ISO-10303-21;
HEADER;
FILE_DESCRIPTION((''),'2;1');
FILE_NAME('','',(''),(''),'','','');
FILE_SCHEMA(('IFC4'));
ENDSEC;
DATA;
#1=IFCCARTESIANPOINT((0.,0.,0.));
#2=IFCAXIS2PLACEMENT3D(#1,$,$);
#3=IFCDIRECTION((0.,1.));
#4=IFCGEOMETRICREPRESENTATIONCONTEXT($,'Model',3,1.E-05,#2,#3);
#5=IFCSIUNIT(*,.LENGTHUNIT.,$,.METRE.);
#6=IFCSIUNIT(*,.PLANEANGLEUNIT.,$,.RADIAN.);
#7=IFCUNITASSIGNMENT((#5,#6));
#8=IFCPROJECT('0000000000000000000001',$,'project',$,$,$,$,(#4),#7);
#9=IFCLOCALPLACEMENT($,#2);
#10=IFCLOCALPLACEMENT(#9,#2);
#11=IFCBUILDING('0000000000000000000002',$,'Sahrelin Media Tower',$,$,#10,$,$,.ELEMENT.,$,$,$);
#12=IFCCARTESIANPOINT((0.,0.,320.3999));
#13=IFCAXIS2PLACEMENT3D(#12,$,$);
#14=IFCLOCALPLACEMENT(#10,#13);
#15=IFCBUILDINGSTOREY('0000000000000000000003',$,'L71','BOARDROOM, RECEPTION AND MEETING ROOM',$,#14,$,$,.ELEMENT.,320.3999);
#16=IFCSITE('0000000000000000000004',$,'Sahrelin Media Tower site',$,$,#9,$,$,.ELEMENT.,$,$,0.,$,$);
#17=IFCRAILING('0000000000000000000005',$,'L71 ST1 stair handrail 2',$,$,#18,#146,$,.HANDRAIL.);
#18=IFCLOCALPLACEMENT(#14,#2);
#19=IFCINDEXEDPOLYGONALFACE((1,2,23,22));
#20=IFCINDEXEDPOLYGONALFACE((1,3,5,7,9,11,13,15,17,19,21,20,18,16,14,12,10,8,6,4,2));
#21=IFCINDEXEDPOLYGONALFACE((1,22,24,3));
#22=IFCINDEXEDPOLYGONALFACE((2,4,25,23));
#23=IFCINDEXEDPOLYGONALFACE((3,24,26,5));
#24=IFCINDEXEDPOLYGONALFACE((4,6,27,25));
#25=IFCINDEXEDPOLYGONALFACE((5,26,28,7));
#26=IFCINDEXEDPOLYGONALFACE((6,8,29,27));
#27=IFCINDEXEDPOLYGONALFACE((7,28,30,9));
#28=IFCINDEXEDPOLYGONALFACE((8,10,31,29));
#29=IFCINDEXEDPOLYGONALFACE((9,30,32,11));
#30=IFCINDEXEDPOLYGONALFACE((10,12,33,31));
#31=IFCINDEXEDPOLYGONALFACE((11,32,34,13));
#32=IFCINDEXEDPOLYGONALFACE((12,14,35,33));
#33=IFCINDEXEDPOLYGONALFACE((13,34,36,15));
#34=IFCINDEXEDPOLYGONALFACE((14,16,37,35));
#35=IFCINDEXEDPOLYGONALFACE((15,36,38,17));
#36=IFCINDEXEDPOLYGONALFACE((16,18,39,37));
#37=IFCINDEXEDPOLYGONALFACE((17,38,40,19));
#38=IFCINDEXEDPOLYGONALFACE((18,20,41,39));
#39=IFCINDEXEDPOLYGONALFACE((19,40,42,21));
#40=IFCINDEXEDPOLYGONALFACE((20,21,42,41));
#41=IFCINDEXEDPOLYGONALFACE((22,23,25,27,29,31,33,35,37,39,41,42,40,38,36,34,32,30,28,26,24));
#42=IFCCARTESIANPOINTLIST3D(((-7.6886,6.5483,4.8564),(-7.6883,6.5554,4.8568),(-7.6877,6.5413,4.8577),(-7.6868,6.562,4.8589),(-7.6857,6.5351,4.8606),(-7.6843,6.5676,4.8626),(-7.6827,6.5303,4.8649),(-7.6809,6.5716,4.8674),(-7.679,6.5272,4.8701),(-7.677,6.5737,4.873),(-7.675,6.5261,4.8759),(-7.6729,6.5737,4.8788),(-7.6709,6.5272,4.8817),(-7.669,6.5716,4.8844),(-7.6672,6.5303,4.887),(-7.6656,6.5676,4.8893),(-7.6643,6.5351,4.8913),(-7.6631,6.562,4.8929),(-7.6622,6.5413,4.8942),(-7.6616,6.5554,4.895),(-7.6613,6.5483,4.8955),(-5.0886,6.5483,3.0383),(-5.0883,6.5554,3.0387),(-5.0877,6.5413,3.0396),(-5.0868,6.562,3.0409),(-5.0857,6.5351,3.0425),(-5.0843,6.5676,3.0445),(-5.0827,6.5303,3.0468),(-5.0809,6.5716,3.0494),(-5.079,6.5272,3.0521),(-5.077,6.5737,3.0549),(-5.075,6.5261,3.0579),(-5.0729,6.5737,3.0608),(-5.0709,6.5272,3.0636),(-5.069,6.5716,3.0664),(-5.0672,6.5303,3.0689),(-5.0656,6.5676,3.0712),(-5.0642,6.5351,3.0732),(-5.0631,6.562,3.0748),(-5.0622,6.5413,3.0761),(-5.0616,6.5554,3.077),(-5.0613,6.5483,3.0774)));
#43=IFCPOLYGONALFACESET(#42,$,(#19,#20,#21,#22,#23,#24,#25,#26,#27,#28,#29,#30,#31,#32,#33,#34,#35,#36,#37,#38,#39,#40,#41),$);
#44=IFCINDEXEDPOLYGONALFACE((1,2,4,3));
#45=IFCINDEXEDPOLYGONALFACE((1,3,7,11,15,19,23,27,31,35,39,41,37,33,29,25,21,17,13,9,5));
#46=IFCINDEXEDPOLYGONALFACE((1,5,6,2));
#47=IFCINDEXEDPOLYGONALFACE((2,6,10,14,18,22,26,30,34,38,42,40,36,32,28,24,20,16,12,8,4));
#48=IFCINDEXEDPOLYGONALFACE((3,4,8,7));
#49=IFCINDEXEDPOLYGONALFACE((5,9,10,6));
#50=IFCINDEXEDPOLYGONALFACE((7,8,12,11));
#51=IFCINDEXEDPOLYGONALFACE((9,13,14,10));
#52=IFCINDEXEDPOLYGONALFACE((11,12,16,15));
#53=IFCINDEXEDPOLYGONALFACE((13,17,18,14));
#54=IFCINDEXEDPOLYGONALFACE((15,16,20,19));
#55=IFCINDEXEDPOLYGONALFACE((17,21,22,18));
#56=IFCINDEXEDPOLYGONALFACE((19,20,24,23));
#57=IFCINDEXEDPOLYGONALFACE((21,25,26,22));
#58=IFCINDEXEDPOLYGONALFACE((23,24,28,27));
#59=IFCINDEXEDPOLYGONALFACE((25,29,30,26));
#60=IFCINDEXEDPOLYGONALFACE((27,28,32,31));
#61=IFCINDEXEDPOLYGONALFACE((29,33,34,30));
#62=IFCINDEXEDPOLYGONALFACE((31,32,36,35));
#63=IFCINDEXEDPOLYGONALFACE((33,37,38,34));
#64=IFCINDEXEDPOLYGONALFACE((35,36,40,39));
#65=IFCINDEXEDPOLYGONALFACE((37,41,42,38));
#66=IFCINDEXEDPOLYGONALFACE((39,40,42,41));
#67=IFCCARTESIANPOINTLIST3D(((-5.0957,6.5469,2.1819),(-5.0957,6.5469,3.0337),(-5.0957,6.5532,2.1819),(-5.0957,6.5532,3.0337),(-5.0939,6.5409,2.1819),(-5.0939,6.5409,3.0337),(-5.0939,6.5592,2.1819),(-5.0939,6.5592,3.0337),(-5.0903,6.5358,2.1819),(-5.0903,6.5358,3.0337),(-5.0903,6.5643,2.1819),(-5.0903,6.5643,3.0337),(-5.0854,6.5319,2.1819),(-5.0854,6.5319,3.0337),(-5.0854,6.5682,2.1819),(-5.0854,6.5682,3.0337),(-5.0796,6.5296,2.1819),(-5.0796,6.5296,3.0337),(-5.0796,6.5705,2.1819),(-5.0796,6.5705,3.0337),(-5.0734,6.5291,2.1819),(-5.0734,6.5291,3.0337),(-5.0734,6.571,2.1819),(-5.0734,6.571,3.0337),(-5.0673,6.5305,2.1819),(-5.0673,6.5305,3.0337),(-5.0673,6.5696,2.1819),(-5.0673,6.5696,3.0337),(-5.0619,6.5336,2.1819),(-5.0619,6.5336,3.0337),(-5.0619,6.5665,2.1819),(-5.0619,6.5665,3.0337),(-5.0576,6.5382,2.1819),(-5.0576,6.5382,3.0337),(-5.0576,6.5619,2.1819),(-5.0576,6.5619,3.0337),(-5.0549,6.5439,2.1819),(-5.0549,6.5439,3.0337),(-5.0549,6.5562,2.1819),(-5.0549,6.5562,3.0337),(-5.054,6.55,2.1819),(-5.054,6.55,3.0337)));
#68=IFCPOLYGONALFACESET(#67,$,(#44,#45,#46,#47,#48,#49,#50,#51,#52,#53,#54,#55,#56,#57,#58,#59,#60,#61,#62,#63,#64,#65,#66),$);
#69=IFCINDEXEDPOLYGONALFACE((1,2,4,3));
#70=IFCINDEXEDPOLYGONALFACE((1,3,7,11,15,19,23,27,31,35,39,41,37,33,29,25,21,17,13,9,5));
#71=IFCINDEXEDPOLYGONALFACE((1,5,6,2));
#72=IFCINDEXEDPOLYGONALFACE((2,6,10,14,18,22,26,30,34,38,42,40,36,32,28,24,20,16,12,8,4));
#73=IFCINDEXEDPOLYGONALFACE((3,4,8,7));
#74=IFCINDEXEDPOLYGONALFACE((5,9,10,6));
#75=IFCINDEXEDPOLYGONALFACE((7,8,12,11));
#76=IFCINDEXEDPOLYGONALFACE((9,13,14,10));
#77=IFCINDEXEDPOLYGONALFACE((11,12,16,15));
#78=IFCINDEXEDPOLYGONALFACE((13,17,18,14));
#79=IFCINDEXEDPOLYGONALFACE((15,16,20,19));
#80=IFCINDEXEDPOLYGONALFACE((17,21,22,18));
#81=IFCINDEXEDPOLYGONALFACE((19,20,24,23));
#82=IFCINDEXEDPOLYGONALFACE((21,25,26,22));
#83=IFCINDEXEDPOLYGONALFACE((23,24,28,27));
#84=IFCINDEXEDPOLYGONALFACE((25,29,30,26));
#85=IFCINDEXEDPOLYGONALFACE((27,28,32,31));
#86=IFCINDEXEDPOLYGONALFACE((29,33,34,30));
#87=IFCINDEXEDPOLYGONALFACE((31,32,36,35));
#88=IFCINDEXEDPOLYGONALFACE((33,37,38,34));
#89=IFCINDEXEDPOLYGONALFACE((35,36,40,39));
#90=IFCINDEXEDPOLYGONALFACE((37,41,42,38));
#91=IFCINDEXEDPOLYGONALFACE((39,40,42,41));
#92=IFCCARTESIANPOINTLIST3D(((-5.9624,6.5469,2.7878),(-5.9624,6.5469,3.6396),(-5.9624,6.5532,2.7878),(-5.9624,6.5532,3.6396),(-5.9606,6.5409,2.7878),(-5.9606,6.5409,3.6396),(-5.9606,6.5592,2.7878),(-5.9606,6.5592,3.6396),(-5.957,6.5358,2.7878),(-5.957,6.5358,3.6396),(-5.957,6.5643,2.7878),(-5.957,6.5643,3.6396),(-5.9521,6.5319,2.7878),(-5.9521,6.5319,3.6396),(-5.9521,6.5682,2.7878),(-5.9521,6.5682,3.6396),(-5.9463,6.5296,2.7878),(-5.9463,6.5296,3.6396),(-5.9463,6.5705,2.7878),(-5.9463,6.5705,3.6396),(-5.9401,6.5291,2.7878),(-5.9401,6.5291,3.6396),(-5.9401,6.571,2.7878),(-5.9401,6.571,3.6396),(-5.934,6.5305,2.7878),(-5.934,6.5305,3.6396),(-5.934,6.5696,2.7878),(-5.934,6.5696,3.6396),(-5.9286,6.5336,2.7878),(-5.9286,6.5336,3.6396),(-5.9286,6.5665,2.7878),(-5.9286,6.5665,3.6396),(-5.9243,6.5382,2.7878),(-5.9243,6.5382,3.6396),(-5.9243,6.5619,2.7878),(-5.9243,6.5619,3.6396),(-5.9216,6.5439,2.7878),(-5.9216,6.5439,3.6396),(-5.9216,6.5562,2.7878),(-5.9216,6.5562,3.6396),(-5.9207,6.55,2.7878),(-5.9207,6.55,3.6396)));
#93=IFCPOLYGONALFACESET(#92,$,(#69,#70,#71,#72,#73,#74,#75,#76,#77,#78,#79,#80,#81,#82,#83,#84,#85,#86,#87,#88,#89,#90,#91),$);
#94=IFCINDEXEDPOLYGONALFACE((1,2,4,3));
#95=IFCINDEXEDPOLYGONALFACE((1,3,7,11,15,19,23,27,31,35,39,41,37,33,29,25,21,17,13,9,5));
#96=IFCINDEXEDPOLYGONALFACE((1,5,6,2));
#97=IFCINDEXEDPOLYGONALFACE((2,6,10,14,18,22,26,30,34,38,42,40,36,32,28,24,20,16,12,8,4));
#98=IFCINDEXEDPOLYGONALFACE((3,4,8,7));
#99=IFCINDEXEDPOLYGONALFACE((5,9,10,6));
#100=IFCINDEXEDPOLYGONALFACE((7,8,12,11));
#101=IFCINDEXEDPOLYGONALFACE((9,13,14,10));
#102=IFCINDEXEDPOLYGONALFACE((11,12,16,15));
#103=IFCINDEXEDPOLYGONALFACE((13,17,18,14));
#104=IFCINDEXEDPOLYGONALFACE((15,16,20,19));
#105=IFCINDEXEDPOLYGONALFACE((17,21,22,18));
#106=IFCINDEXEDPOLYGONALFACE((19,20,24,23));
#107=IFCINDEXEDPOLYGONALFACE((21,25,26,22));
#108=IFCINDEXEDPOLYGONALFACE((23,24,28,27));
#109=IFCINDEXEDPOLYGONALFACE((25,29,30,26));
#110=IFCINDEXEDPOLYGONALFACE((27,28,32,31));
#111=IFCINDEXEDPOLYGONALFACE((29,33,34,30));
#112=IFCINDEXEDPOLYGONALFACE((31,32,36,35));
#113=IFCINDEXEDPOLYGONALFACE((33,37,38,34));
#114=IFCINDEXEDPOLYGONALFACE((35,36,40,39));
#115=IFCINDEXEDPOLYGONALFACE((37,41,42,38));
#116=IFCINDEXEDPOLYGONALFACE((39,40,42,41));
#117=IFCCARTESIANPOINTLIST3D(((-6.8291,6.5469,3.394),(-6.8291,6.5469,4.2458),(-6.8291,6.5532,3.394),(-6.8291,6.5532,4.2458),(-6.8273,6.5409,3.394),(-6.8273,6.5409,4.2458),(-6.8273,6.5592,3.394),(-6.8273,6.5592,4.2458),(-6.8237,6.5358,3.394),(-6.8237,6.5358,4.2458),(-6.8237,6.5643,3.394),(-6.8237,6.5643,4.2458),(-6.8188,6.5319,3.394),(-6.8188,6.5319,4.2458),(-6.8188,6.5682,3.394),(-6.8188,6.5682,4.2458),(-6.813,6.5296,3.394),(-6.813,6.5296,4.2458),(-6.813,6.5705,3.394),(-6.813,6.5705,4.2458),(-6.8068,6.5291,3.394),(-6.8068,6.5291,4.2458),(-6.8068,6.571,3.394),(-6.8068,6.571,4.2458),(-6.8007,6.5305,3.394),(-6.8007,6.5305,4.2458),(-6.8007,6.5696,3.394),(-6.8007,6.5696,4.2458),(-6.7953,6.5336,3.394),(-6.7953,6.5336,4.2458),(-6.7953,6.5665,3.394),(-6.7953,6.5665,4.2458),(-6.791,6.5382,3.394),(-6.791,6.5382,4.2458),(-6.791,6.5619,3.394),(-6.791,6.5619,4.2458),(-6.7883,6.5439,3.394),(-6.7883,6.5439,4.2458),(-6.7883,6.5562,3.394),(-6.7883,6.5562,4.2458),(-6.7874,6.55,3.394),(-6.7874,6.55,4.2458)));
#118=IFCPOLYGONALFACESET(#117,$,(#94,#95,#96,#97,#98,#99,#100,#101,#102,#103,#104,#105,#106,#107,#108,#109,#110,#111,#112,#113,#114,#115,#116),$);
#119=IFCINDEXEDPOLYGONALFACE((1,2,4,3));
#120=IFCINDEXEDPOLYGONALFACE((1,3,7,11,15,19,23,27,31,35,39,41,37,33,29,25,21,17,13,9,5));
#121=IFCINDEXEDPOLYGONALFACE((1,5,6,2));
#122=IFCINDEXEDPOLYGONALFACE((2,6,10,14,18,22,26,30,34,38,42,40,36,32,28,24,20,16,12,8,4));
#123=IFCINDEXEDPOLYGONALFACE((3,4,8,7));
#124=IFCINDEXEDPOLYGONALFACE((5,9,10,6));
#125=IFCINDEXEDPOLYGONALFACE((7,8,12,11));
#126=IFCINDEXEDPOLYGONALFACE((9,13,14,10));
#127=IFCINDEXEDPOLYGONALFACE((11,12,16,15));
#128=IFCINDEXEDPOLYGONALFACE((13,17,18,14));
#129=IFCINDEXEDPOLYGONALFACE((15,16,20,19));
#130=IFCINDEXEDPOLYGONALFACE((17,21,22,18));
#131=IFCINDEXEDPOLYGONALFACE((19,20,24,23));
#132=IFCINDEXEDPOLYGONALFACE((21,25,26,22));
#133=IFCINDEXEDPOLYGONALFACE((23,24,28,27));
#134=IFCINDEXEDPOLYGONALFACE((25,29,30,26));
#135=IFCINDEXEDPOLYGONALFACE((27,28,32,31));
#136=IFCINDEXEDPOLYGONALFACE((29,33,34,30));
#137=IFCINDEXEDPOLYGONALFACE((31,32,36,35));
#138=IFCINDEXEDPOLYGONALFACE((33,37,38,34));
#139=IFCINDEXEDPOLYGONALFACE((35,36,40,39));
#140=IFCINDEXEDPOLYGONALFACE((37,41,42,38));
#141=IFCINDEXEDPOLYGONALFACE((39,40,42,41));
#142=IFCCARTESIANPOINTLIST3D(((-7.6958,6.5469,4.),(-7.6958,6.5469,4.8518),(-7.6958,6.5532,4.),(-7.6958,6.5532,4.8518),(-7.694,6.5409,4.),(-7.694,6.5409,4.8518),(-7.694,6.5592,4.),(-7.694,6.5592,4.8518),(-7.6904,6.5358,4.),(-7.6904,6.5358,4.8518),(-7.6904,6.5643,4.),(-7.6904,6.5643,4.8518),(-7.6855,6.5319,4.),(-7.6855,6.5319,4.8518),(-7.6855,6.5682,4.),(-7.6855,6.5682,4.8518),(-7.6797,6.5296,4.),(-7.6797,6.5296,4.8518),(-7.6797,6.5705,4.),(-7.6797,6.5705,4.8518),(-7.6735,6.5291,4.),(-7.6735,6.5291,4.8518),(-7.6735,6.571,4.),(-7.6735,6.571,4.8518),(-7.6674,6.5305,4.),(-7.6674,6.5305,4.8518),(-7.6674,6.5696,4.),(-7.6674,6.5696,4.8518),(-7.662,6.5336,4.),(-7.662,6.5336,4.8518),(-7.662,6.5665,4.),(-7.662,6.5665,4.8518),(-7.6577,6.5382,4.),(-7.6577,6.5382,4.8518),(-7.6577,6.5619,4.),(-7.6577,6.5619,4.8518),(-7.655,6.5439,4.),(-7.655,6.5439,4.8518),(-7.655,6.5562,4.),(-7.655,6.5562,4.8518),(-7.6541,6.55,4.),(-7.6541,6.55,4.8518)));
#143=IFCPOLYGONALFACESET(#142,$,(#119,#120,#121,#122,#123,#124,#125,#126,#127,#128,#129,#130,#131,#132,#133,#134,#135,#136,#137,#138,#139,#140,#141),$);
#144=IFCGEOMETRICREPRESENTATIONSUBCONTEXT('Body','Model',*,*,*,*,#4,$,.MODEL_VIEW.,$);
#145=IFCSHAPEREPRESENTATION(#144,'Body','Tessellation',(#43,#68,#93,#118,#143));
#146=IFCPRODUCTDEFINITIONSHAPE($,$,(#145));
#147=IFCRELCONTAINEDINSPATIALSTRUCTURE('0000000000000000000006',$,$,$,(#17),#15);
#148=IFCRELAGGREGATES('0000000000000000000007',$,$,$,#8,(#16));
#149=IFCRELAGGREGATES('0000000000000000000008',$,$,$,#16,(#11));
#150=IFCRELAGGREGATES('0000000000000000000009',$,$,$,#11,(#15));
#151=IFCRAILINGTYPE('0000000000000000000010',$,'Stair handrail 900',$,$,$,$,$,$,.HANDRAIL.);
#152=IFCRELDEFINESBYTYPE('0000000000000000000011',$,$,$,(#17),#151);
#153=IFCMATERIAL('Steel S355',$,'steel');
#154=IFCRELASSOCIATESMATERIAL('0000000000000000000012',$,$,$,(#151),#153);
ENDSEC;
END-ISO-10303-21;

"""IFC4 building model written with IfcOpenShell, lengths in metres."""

from ifc_helpers import new_model, si_unit, direction, frame, origin, origin_2d, place, context, subcontext, project, spatial, circle, extrude, material, type_object, element, save


model = new_model("IFC4")

# Units and contexts
model_context = context("Model", 3, precision=1e-05, world=origin(), true_north=direction((0.0, 1.0)))
body_context = subcontext(model_context, "Body", "Model", "MODEL_VIEW")
ifc_project = project(units=[si_unit("LENGTHUNIT", "METRE"), si_unit("PLANEANGLEUNIT", "RADIAN")], contexts=[model_context])

# Site, building, storey
site_placement = place(None, origin())
site = spatial("IfcSite", under=ifc_project, at=site_placement, Name="Sahrelin Media Tower site", CompositionType="ELEMENT", RefElevation=0.0)
building_placement = place(site_placement, origin())
building = spatial("IfcBuilding", under=site, at=building_placement, Name="Sahrelin Media Tower", CompositionType="ELEMENT")
storey_placement = place(building_placement, frame((0.0, 0.0, 320.3999)))
storey = spatial("IfcBuildingStorey", under=building, at=storey_placement, Name="L71", Description="BOARDROOM, RECEPTION AND MEETING ROOM", CompositionType="ELEMENT", Elevation=320.3999)

# Shared definitions
ifc_material_1 = material(Name="Steel S355", Category="steel")

# Railing
railing_type_1 = type_object("IfcRailingType", Name="Stair handrail 900", PredefinedType="HANDRAIL", material=ifc_material_1)
railing_1_placement = place(storey_placement, frame((-5.075, 6.55, 2.1819)))
element("IfcRailing", 1, at=railing_1_placement, inside=storey, type_object=railing_type_1, Name="L71 ST1 stair handrail 2", PredefinedType="HANDRAIL", context=body_context, shape_type="SweptSolid", body=[
    extrude(circle(Radius=0.0239, at=origin_2d()), frame((0.0, 0.0, 0.876), z_axis=(-0.819521, 0.0, 0.573049), x_axis=(0.0, -1.0, 0.0)), (0.0, 0.0, 1.0), 3.1726),
    extrude(circle(Radius=0.021, at=origin_2d()), origin(), (0.0, 0.0, 1.0), 0.8518),
    extrude(circle(Radius=0.021, at=origin_2d()), frame((-0.8667, 0.0, 0.606)), (0.0, 0.0, 1.0), 0.8518),
    extrude(circle(Radius=0.021, at=origin_2d()), frame((-1.7334, 0.0, 1.2122)), (0.0, 0.0, 1.0), 0.8518),
    extrude(circle(Radius=0.021, at=origin_2d()), frame((-2.6001, 0.0, 1.8181)), (0.0, 0.0, 1.0), 0.8518),
])

save(model, "model.ifc")
